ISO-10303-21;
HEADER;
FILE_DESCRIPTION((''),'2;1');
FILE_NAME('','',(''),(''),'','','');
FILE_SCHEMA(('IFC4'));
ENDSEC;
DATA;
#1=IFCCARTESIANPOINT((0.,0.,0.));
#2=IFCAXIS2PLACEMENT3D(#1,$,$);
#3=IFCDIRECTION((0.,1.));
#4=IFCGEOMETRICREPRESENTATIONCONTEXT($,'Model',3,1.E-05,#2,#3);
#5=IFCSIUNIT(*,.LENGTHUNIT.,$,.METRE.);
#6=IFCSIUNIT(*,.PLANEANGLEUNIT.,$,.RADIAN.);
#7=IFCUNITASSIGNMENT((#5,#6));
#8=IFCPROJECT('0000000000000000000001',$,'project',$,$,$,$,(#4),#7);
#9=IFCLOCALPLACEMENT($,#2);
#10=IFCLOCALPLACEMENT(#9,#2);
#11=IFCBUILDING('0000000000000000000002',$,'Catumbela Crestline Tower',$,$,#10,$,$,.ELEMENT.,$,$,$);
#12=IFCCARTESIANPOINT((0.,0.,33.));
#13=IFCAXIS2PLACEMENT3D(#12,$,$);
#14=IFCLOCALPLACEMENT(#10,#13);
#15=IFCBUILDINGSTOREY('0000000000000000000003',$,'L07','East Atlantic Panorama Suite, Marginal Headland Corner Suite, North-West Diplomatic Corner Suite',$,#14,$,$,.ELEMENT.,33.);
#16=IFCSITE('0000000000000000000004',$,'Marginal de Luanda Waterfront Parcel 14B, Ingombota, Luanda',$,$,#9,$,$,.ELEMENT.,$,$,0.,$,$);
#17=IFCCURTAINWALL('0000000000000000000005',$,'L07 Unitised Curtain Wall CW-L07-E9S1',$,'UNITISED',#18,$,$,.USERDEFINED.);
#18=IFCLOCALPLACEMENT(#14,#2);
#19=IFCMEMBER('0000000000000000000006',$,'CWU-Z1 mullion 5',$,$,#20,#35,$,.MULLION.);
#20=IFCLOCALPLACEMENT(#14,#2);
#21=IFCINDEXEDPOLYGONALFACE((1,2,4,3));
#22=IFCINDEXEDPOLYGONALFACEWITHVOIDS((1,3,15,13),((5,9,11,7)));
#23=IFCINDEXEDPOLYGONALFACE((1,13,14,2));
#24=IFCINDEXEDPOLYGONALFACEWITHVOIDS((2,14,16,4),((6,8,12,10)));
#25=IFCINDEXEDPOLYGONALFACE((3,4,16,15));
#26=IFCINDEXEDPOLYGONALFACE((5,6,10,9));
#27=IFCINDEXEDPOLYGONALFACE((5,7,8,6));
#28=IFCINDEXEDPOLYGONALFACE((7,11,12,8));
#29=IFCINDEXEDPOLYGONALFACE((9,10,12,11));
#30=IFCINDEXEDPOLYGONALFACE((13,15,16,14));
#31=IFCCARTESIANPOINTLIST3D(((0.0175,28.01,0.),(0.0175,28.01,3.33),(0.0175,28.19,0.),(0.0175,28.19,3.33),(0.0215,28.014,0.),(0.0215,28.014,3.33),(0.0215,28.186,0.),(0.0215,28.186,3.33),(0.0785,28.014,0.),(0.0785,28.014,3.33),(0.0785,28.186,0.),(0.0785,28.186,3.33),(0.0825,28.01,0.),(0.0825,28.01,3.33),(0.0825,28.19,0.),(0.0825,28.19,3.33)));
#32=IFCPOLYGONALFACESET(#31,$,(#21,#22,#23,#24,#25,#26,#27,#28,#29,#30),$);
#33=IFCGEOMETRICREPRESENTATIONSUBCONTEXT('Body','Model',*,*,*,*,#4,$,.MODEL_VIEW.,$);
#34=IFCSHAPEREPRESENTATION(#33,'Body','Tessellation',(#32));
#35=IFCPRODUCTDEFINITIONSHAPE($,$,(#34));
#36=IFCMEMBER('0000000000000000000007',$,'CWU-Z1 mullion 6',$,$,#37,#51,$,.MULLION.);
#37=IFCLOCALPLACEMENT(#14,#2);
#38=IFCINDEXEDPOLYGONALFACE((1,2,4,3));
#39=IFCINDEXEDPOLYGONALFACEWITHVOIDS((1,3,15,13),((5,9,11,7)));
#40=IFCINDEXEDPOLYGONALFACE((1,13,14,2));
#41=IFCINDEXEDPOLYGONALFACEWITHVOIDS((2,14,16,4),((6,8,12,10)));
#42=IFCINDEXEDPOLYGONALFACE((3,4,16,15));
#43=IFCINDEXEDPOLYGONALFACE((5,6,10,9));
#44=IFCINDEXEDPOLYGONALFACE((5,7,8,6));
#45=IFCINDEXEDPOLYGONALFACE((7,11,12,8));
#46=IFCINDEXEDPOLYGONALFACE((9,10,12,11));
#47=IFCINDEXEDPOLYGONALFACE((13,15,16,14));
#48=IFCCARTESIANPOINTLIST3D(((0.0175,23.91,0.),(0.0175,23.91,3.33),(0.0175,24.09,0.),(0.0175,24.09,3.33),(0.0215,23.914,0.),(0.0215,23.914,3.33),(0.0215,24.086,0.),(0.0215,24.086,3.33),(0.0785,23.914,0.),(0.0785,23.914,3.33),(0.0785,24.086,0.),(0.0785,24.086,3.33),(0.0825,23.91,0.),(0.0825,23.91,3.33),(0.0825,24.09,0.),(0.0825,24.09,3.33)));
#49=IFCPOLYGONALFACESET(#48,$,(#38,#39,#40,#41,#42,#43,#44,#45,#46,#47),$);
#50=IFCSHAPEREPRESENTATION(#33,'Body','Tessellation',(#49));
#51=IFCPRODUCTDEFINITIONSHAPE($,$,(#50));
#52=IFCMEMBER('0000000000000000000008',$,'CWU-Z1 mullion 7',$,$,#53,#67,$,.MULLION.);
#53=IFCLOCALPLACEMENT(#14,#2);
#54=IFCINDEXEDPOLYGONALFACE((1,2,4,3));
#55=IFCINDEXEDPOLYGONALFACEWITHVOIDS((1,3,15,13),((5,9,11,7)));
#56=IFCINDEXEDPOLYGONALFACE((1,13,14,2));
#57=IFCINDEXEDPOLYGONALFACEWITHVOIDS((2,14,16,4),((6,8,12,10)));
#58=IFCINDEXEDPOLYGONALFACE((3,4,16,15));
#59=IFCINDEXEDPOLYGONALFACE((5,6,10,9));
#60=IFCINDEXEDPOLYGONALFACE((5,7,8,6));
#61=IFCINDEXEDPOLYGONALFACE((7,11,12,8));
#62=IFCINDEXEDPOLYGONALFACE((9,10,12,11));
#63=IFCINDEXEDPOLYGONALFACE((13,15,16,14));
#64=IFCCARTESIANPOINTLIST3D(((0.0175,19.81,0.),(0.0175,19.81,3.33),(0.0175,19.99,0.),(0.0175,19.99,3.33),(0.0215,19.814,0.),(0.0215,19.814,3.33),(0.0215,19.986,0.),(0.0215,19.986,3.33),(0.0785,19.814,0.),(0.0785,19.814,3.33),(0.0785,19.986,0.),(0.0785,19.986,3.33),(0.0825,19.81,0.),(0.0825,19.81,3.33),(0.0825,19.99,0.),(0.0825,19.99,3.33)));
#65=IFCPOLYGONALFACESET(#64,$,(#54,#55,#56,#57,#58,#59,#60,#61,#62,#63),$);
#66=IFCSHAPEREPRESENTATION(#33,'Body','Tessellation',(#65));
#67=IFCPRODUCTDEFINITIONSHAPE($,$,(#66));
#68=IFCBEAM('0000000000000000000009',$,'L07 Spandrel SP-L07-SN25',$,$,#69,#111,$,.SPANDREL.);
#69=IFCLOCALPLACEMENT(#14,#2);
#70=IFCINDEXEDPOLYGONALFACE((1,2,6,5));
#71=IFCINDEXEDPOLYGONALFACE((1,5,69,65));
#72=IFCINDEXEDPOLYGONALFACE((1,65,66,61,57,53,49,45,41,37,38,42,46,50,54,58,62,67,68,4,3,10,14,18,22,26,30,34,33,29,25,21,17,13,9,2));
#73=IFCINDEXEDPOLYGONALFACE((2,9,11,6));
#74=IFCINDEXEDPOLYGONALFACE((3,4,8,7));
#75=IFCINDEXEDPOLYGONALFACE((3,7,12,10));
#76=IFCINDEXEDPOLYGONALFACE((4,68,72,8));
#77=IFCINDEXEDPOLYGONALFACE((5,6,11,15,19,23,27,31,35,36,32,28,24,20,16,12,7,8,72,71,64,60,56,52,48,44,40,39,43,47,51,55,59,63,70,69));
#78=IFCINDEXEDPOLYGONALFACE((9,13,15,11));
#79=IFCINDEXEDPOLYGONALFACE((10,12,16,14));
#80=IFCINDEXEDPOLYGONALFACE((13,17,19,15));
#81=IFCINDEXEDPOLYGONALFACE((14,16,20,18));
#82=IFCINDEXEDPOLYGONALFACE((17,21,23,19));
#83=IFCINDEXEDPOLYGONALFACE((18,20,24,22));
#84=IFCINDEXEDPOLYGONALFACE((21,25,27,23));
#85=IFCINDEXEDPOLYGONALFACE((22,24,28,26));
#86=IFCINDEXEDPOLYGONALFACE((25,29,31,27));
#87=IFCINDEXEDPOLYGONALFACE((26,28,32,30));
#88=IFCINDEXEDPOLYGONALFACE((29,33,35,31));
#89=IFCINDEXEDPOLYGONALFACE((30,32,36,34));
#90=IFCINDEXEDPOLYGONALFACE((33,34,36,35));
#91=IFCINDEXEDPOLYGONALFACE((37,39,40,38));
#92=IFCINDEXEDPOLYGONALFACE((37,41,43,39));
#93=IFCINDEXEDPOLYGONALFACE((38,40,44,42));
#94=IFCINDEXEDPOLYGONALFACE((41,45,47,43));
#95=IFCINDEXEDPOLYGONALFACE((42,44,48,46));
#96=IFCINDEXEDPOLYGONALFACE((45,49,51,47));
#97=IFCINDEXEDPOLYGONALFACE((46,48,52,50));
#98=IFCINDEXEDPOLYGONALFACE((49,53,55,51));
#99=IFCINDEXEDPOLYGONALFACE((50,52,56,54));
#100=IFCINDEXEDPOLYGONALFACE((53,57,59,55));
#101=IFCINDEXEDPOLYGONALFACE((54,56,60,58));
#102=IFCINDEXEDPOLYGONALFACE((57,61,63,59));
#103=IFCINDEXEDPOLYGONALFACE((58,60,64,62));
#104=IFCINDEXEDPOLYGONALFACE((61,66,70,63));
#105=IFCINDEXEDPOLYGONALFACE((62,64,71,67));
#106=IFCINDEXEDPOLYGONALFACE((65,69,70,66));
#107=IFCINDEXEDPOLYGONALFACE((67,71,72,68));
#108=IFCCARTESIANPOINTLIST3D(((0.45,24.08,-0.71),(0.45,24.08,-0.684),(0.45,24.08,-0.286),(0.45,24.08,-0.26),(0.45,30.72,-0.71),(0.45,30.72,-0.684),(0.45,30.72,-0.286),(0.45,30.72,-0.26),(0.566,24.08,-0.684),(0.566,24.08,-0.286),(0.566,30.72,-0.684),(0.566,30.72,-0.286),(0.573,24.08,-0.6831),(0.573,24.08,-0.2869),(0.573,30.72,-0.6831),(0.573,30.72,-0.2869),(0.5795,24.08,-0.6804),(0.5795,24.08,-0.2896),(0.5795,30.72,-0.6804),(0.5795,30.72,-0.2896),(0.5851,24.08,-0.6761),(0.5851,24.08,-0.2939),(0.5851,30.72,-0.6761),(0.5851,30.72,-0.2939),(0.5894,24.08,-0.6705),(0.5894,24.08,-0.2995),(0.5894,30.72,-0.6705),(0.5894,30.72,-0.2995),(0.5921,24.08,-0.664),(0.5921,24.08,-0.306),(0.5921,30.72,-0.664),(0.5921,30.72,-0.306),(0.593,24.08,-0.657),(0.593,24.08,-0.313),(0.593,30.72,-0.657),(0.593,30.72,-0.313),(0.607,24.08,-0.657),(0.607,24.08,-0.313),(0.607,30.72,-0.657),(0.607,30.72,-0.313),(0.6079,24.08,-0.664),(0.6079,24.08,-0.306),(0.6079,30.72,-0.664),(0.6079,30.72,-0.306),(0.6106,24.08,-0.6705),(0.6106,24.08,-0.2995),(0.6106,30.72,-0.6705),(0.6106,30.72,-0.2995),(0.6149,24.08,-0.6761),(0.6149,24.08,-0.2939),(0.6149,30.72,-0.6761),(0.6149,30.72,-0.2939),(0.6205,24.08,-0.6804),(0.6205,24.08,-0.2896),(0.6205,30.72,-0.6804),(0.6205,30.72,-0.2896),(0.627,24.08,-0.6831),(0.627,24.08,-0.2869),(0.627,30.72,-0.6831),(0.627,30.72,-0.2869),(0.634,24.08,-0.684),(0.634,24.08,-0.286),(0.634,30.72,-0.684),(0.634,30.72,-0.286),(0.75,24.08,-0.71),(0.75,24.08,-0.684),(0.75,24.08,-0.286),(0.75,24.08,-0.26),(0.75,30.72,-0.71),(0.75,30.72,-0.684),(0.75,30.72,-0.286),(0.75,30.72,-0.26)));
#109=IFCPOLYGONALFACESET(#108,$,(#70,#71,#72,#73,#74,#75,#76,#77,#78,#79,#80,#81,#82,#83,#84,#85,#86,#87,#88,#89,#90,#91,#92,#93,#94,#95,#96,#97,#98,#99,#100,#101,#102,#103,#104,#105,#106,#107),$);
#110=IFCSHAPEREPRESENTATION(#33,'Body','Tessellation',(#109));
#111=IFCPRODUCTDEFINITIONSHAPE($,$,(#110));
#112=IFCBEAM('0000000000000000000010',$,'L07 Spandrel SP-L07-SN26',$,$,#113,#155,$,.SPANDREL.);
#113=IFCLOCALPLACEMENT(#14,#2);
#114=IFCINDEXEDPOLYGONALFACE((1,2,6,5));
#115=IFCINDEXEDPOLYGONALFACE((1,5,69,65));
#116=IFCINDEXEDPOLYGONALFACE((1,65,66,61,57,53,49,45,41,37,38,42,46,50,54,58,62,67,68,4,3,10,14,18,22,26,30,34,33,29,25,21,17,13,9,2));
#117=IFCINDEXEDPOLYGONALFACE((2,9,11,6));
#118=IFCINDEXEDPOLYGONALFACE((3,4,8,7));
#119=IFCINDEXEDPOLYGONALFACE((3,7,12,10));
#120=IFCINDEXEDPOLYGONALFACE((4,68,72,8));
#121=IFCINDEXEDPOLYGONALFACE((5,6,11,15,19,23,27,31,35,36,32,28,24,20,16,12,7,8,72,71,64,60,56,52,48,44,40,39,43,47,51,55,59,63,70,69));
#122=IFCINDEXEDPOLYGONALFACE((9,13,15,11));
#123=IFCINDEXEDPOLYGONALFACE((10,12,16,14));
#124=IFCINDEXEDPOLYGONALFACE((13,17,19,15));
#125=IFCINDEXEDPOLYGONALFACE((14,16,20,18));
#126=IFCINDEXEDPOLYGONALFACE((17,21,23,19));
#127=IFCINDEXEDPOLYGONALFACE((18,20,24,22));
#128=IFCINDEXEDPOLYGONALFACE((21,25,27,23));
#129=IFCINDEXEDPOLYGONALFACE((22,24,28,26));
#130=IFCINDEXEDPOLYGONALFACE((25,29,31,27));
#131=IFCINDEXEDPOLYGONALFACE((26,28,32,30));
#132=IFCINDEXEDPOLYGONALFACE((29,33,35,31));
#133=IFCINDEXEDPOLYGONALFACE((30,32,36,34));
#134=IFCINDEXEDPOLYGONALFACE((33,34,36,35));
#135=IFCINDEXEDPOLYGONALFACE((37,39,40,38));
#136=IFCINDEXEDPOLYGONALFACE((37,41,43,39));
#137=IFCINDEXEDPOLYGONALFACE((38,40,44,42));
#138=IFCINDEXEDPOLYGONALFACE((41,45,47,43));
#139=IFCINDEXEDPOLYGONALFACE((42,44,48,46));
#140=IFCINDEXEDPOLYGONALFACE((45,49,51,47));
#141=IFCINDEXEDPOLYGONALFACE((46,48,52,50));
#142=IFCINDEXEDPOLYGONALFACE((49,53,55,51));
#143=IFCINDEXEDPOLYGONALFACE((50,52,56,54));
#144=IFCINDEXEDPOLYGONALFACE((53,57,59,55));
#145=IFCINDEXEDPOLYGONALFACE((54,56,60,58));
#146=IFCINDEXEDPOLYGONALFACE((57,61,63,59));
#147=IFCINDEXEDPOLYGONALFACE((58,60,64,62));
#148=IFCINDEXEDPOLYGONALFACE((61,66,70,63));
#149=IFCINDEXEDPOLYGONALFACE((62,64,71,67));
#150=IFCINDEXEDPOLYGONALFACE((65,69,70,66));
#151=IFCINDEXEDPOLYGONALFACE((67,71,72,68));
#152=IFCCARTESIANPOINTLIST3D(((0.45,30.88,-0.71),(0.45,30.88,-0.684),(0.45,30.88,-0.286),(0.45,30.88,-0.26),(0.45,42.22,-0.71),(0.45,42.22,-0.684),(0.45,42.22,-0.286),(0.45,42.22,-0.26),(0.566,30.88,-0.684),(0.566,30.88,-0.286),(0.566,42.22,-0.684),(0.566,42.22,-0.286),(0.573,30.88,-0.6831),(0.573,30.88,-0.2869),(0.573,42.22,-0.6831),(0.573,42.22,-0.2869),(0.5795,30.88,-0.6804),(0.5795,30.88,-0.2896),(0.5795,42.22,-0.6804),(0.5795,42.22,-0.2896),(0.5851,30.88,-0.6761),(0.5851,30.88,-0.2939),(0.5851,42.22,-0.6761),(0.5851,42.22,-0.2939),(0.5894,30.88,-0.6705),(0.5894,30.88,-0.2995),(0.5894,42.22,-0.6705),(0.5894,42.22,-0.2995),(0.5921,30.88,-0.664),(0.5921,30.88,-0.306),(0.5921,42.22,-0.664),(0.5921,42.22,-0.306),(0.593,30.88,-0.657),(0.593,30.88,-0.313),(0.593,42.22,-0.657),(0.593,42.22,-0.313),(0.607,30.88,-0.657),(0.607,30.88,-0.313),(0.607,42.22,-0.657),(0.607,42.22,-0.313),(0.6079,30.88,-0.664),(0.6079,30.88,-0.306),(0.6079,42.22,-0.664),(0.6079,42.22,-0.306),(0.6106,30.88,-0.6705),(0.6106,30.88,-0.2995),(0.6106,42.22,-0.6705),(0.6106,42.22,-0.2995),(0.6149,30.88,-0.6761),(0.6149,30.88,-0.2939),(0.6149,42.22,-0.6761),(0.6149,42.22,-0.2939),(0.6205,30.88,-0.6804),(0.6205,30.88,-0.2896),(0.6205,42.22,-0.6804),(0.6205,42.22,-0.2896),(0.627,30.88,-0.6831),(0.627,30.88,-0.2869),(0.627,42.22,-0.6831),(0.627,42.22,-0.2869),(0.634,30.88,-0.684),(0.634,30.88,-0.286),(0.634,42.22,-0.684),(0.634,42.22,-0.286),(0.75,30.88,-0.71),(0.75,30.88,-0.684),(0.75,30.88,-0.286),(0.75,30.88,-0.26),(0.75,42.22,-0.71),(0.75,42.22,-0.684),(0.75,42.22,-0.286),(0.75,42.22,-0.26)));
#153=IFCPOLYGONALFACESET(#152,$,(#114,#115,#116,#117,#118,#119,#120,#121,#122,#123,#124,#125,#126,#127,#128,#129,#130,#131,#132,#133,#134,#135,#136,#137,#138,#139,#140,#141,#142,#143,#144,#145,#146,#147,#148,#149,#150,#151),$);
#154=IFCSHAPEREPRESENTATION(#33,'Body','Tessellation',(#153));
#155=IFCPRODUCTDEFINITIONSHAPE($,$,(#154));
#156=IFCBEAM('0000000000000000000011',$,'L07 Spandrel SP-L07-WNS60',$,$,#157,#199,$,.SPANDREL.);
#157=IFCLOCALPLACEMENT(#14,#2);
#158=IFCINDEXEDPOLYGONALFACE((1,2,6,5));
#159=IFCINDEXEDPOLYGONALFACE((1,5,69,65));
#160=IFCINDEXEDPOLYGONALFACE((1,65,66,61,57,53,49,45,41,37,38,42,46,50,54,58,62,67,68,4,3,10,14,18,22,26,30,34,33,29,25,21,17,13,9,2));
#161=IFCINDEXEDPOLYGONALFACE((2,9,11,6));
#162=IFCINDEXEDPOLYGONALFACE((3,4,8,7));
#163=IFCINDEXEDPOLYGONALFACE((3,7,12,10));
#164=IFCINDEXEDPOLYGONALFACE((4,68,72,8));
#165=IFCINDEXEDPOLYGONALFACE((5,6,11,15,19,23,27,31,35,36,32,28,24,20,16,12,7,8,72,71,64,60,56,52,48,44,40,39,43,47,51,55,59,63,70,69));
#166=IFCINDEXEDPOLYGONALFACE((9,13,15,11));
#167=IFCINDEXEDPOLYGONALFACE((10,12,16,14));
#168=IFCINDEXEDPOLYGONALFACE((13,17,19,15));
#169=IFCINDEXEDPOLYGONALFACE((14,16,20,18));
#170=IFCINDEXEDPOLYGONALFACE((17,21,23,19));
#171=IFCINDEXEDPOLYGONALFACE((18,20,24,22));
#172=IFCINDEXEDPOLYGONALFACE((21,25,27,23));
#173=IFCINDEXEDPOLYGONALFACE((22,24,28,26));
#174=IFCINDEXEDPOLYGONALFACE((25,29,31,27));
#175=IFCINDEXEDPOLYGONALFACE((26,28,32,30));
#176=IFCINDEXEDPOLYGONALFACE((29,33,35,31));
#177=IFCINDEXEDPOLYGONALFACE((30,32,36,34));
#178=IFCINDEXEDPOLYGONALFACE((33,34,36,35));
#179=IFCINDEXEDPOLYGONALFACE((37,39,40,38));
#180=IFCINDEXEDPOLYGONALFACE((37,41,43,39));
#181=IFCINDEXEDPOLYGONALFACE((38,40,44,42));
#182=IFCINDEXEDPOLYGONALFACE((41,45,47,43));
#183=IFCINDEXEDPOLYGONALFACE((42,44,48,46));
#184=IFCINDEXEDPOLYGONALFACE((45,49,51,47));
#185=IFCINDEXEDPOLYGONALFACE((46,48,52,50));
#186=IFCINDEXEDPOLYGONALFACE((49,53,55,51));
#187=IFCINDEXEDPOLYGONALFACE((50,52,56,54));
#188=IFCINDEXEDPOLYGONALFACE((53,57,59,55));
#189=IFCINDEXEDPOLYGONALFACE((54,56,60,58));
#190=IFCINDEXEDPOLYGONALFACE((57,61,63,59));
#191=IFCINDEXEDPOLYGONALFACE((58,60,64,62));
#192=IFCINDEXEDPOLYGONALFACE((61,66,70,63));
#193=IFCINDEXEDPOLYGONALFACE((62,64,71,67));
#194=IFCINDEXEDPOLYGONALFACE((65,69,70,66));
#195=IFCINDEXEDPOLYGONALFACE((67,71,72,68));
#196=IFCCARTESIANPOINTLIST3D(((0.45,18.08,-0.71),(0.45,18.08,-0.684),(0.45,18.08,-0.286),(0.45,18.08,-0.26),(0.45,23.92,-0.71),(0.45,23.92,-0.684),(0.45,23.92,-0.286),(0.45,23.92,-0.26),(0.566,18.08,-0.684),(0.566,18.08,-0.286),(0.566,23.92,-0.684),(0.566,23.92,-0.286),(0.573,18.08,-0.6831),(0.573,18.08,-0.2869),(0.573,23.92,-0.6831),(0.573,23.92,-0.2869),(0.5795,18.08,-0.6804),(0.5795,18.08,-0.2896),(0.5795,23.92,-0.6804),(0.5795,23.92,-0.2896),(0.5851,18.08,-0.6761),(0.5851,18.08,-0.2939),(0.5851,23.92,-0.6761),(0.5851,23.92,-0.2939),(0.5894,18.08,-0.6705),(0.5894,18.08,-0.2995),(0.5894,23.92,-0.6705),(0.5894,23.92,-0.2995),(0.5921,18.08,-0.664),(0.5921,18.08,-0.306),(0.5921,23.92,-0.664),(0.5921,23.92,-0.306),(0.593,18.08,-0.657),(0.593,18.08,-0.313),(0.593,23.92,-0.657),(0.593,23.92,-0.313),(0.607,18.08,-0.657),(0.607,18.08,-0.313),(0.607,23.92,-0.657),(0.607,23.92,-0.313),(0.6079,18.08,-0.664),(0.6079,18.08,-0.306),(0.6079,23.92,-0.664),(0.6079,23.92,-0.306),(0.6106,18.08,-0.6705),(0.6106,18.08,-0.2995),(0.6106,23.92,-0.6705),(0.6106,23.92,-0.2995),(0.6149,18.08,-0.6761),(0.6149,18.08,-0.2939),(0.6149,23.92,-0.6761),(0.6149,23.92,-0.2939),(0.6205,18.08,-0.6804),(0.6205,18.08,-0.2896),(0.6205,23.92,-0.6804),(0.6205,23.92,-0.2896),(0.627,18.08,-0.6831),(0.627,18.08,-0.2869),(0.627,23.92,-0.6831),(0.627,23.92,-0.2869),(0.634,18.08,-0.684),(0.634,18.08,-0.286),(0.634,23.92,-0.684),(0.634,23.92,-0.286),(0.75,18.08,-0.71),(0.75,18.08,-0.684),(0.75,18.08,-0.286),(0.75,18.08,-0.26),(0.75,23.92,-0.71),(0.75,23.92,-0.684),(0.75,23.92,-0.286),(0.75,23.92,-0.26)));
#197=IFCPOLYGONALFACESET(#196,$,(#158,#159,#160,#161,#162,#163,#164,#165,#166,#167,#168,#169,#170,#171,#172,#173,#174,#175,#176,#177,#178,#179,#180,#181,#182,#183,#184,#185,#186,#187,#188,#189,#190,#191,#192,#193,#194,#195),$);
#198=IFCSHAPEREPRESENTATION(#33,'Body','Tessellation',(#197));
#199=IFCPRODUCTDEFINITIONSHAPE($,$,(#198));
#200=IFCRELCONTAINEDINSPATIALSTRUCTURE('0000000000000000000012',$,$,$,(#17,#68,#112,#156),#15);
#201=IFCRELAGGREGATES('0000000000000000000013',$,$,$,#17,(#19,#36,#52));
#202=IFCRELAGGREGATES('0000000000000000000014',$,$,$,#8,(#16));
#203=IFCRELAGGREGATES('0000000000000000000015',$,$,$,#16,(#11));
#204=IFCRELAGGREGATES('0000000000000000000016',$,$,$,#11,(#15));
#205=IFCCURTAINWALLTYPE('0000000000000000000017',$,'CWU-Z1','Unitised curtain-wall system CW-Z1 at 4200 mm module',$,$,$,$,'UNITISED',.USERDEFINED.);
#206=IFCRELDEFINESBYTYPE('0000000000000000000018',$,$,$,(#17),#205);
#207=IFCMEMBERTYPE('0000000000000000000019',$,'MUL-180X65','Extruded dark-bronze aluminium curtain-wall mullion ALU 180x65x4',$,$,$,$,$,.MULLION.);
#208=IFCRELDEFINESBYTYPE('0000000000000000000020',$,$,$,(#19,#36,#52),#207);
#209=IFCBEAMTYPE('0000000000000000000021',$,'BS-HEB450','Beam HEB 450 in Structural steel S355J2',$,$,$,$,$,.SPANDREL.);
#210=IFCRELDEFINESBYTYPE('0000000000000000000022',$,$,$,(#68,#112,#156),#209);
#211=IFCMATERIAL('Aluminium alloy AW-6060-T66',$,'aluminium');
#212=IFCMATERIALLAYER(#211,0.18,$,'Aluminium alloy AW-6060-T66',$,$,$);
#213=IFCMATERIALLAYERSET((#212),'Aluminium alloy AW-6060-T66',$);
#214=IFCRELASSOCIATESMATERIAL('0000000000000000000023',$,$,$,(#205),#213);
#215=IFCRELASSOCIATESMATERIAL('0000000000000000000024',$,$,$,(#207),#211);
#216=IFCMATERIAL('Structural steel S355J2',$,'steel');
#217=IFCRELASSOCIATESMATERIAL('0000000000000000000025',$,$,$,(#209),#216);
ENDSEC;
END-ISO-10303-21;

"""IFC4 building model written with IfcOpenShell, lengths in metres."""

from ifc_helpers import new_model, si_unit, direction, frame, origin, origin_2d, place, context, subcontext, project, spatial, hollow_rectangle, i_section, extrude, material, layer, layer_set, material_profile, profile_set, type_object, element, aggregate, save


model = new_model("IFC4")

# Units and contexts
model_context = context("Model", 3, precision=1e-05, world=origin(), true_north=direction((0.0, 1.0)))
body_context = subcontext(model_context, "Body", "Model", "MODEL_VIEW")
ifc_project = project(units=[si_unit("LENGTHUNIT", "METRE"), si_unit("PLANEANGLEUNIT", "RADIAN")], contexts=[model_context])

# Site, building, storey
site_placement = place(None, origin())
site = spatial("IfcSite", under=ifc_project, at=site_placement, Name="Marginal de Luanda Waterfront Parcel 14B, Ingombota, Luanda", CompositionType="ELEMENT", RefElevation=0.0)
building_placement = place(site_placement, origin())
building = spatial("IfcBuilding", under=site, at=building_placement, Name="Catumbela Crestline Tower", CompositionType="ELEMENT")
storey_placement = place(building_placement, frame((0.0, 0.0, 33.0)))
storey = spatial("IfcBuildingStorey", under=building, at=storey_placement, Name="L07", Description="East Atlantic Panorama Suite, Marginal Headland Corner Suite, North-West Diplomatic Corner Suite", CompositionType="ELEMENT", Elevation=33.0)

# Shared definitions
ifc_material_1 = material(Name="Structural steel S355J2", Category="steel")

# Curtain wall, members
ifc_material_2 = material(Name="Aluminium alloy AW-6060-T66", Category="aluminium")
ifc_layer_1 = layer(ifc_material_2, 0.18, Name="Aluminium alloy AW-6060-T66")
ifc_layer_set_1 = layer_set([ifc_layer_1], Name="Aluminium alloy AW-6060-T66")
curtain_wall_type = type_object("IfcCurtainWallType", Name="CWU-Z1", Description="Unitised curtain-wall system CW-Z1 at 4200 mm module", ElementType="UNITISED", PredefinedType="USERDEFINED", material=ifc_layer_set_1)
curtain_wall_placement = place(storey_placement, origin())
curtain_wall = element("IfcCurtainWall", 1, at=curtain_wall_placement, inside=storey, type_object=curtain_wall_type, Name="L07 Unitised Curtain Wall CW-L07-E9S1", ObjectType="UNITISED", PredefinedType="USERDEFINED")
ifc_material_profile_1 = material_profile(ifc_material_2, hollow_rectangle(XDim=0.065, YDim=0.18, WallThickness=0.004, at=origin_2d()), Name="ALU 180x65x4")
ifc_profile_set_1 = profile_set([ifc_material_profile_1], Name="Aluminium alloy AW-6060-T66")
member_type_1 = type_object("IfcMemberType", Name="MUL-180X65", Description="Extruded dark-bronze aluminium curtain-wall mullion ALU 180x65x4", PredefinedType="MULLION", material=ifc_profile_set_1)
member_1_placement = place(storey_placement, frame((0.05, 28.1, 0.0), z_axis=(0.0, 0.0, 1.0), x_axis=(1.0, 0.0, 0.0)))
member_1 = element("IfcMember", 2, at=member_1_placement, type_object=member_type_1, Name="CWU-Z1 mullion 5", PredefinedType="MULLION", context=body_context, shape_type="SweptSolid", body=[
    extrude(hollow_rectangle(XDim=0.065, YDim=0.18, WallThickness=0.004, at=origin_2d()), origin(), (0.0, 0.0, 1.0), 3.33),
])
member_2_placement = place(storey_placement, frame((0.05, 24.0, 0.0), z_axis=(0.0, 0.0, 1.0), x_axis=(1.0, 0.0, 0.0)))
member_2 = element("IfcMember", 3, at=member_2_placement, type_object=member_type_1, Name="CWU-Z1 mullion 6", PredefinedType="MULLION", context=body_context, shape_type="SweptSolid", body=[
    extrude(hollow_rectangle(XDim=0.065, YDim=0.18, WallThickness=0.004, at=origin_2d()), origin(), (0.0, 0.0, 1.0), 3.33),
])
member_3_placement = place(storey_placement, frame((0.05, 19.9, 0.0), z_axis=(0.0, 0.0, 1.0), x_axis=(1.0, 0.0, 0.0)))
member_3 = element("IfcMember", 4, at=member_3_placement, type_object=member_type_1, Name="CWU-Z1 mullion 7", PredefinedType="MULLION", context=body_context, shape_type="SweptSolid", body=[
    extrude(hollow_rectangle(XDim=0.065, YDim=0.18, WallThickness=0.004, at=origin_2d()), origin(), (0.0, 0.0, 1.0), 3.33),
])

# Beams
ifc_material_profile_2 = material_profile(ifc_material_1, i_section(OverallWidth=0.3, OverallDepth=0.45, WebThickness=0.014, FlangeThickness=0.026, FilletRadius=0.027, at=origin_2d()), Name="HEB 450")
ifc_profile_set_2 = profile_set([ifc_material_profile_2], Name="Structural steel S355J2")
beam_type_1 = type_object("IfcBeamType", Name="BS-HEB450", Description="Beam HEB 450 in Structural steel S355J2", PredefinedType="SPANDREL", material=ifc_profile_set_2)
beam_1_placement = place(storey_placement, frame((0.6, 24.08, -0.485), z_axis=(0.0, 1.0, 0.0), x_axis=(-1.0, 0.0, 0.0)))
element("IfcBeam", 5, at=beam_1_placement, inside=storey, type_object=beam_type_1, Name="L07 Spandrel SP-L07-SN25", PredefinedType="SPANDREL", context=body_context, shape_type="SweptSolid", body=[
    extrude(i_section(OverallWidth=0.3, OverallDepth=0.45, WebThickness=0.014, FlangeThickness=0.026, FilletRadius=0.027, at=origin_2d()), origin(), (0.0, 0.0, 1.0), 6.64),
])
beam_2_placement = place(storey_placement, frame((0.6, 30.88, -0.485), z_axis=(0.0, 1.0, 0.0), x_axis=(-1.0, 0.0, 0.0)))
element("IfcBeam", 6, at=beam_2_placement, inside=storey, type_object=beam_type_1, Name="L07 Spandrel SP-L07-SN26", PredefinedType="SPANDREL", context=body_context, shape_type="SweptSolid", body=[
    extrude(i_section(OverallWidth=0.3, OverallDepth=0.45, WebThickness=0.014, FlangeThickness=0.026, FilletRadius=0.027, at=origin_2d()), origin(), (0.0, 0.0, 1.0), 11.34),
])
beam_3_placement = place(storey_placement, frame((0.6, 18.08, -0.485), z_axis=(0.0, 1.0, 0.0), x_axis=(-1.0, 0.0, 0.0)))
element("IfcBeam", 7, at=beam_3_placement, inside=storey, type_object=beam_type_1, Name="L07 Spandrel SP-L07-WNS60", PredefinedType="SPANDREL", context=body_context, shape_type="SweptSolid", body=[
    extrude(i_section(OverallWidth=0.3, OverallDepth=0.45, WebThickness=0.014, FlangeThickness=0.026, FilletRadius=0.027, at=origin_2d()), origin(), (0.0, 0.0, 1.0), 5.84),
])

aggregate(curtain_wall, [member_1, member_2, member_3])

save(model, "model.ifc")
